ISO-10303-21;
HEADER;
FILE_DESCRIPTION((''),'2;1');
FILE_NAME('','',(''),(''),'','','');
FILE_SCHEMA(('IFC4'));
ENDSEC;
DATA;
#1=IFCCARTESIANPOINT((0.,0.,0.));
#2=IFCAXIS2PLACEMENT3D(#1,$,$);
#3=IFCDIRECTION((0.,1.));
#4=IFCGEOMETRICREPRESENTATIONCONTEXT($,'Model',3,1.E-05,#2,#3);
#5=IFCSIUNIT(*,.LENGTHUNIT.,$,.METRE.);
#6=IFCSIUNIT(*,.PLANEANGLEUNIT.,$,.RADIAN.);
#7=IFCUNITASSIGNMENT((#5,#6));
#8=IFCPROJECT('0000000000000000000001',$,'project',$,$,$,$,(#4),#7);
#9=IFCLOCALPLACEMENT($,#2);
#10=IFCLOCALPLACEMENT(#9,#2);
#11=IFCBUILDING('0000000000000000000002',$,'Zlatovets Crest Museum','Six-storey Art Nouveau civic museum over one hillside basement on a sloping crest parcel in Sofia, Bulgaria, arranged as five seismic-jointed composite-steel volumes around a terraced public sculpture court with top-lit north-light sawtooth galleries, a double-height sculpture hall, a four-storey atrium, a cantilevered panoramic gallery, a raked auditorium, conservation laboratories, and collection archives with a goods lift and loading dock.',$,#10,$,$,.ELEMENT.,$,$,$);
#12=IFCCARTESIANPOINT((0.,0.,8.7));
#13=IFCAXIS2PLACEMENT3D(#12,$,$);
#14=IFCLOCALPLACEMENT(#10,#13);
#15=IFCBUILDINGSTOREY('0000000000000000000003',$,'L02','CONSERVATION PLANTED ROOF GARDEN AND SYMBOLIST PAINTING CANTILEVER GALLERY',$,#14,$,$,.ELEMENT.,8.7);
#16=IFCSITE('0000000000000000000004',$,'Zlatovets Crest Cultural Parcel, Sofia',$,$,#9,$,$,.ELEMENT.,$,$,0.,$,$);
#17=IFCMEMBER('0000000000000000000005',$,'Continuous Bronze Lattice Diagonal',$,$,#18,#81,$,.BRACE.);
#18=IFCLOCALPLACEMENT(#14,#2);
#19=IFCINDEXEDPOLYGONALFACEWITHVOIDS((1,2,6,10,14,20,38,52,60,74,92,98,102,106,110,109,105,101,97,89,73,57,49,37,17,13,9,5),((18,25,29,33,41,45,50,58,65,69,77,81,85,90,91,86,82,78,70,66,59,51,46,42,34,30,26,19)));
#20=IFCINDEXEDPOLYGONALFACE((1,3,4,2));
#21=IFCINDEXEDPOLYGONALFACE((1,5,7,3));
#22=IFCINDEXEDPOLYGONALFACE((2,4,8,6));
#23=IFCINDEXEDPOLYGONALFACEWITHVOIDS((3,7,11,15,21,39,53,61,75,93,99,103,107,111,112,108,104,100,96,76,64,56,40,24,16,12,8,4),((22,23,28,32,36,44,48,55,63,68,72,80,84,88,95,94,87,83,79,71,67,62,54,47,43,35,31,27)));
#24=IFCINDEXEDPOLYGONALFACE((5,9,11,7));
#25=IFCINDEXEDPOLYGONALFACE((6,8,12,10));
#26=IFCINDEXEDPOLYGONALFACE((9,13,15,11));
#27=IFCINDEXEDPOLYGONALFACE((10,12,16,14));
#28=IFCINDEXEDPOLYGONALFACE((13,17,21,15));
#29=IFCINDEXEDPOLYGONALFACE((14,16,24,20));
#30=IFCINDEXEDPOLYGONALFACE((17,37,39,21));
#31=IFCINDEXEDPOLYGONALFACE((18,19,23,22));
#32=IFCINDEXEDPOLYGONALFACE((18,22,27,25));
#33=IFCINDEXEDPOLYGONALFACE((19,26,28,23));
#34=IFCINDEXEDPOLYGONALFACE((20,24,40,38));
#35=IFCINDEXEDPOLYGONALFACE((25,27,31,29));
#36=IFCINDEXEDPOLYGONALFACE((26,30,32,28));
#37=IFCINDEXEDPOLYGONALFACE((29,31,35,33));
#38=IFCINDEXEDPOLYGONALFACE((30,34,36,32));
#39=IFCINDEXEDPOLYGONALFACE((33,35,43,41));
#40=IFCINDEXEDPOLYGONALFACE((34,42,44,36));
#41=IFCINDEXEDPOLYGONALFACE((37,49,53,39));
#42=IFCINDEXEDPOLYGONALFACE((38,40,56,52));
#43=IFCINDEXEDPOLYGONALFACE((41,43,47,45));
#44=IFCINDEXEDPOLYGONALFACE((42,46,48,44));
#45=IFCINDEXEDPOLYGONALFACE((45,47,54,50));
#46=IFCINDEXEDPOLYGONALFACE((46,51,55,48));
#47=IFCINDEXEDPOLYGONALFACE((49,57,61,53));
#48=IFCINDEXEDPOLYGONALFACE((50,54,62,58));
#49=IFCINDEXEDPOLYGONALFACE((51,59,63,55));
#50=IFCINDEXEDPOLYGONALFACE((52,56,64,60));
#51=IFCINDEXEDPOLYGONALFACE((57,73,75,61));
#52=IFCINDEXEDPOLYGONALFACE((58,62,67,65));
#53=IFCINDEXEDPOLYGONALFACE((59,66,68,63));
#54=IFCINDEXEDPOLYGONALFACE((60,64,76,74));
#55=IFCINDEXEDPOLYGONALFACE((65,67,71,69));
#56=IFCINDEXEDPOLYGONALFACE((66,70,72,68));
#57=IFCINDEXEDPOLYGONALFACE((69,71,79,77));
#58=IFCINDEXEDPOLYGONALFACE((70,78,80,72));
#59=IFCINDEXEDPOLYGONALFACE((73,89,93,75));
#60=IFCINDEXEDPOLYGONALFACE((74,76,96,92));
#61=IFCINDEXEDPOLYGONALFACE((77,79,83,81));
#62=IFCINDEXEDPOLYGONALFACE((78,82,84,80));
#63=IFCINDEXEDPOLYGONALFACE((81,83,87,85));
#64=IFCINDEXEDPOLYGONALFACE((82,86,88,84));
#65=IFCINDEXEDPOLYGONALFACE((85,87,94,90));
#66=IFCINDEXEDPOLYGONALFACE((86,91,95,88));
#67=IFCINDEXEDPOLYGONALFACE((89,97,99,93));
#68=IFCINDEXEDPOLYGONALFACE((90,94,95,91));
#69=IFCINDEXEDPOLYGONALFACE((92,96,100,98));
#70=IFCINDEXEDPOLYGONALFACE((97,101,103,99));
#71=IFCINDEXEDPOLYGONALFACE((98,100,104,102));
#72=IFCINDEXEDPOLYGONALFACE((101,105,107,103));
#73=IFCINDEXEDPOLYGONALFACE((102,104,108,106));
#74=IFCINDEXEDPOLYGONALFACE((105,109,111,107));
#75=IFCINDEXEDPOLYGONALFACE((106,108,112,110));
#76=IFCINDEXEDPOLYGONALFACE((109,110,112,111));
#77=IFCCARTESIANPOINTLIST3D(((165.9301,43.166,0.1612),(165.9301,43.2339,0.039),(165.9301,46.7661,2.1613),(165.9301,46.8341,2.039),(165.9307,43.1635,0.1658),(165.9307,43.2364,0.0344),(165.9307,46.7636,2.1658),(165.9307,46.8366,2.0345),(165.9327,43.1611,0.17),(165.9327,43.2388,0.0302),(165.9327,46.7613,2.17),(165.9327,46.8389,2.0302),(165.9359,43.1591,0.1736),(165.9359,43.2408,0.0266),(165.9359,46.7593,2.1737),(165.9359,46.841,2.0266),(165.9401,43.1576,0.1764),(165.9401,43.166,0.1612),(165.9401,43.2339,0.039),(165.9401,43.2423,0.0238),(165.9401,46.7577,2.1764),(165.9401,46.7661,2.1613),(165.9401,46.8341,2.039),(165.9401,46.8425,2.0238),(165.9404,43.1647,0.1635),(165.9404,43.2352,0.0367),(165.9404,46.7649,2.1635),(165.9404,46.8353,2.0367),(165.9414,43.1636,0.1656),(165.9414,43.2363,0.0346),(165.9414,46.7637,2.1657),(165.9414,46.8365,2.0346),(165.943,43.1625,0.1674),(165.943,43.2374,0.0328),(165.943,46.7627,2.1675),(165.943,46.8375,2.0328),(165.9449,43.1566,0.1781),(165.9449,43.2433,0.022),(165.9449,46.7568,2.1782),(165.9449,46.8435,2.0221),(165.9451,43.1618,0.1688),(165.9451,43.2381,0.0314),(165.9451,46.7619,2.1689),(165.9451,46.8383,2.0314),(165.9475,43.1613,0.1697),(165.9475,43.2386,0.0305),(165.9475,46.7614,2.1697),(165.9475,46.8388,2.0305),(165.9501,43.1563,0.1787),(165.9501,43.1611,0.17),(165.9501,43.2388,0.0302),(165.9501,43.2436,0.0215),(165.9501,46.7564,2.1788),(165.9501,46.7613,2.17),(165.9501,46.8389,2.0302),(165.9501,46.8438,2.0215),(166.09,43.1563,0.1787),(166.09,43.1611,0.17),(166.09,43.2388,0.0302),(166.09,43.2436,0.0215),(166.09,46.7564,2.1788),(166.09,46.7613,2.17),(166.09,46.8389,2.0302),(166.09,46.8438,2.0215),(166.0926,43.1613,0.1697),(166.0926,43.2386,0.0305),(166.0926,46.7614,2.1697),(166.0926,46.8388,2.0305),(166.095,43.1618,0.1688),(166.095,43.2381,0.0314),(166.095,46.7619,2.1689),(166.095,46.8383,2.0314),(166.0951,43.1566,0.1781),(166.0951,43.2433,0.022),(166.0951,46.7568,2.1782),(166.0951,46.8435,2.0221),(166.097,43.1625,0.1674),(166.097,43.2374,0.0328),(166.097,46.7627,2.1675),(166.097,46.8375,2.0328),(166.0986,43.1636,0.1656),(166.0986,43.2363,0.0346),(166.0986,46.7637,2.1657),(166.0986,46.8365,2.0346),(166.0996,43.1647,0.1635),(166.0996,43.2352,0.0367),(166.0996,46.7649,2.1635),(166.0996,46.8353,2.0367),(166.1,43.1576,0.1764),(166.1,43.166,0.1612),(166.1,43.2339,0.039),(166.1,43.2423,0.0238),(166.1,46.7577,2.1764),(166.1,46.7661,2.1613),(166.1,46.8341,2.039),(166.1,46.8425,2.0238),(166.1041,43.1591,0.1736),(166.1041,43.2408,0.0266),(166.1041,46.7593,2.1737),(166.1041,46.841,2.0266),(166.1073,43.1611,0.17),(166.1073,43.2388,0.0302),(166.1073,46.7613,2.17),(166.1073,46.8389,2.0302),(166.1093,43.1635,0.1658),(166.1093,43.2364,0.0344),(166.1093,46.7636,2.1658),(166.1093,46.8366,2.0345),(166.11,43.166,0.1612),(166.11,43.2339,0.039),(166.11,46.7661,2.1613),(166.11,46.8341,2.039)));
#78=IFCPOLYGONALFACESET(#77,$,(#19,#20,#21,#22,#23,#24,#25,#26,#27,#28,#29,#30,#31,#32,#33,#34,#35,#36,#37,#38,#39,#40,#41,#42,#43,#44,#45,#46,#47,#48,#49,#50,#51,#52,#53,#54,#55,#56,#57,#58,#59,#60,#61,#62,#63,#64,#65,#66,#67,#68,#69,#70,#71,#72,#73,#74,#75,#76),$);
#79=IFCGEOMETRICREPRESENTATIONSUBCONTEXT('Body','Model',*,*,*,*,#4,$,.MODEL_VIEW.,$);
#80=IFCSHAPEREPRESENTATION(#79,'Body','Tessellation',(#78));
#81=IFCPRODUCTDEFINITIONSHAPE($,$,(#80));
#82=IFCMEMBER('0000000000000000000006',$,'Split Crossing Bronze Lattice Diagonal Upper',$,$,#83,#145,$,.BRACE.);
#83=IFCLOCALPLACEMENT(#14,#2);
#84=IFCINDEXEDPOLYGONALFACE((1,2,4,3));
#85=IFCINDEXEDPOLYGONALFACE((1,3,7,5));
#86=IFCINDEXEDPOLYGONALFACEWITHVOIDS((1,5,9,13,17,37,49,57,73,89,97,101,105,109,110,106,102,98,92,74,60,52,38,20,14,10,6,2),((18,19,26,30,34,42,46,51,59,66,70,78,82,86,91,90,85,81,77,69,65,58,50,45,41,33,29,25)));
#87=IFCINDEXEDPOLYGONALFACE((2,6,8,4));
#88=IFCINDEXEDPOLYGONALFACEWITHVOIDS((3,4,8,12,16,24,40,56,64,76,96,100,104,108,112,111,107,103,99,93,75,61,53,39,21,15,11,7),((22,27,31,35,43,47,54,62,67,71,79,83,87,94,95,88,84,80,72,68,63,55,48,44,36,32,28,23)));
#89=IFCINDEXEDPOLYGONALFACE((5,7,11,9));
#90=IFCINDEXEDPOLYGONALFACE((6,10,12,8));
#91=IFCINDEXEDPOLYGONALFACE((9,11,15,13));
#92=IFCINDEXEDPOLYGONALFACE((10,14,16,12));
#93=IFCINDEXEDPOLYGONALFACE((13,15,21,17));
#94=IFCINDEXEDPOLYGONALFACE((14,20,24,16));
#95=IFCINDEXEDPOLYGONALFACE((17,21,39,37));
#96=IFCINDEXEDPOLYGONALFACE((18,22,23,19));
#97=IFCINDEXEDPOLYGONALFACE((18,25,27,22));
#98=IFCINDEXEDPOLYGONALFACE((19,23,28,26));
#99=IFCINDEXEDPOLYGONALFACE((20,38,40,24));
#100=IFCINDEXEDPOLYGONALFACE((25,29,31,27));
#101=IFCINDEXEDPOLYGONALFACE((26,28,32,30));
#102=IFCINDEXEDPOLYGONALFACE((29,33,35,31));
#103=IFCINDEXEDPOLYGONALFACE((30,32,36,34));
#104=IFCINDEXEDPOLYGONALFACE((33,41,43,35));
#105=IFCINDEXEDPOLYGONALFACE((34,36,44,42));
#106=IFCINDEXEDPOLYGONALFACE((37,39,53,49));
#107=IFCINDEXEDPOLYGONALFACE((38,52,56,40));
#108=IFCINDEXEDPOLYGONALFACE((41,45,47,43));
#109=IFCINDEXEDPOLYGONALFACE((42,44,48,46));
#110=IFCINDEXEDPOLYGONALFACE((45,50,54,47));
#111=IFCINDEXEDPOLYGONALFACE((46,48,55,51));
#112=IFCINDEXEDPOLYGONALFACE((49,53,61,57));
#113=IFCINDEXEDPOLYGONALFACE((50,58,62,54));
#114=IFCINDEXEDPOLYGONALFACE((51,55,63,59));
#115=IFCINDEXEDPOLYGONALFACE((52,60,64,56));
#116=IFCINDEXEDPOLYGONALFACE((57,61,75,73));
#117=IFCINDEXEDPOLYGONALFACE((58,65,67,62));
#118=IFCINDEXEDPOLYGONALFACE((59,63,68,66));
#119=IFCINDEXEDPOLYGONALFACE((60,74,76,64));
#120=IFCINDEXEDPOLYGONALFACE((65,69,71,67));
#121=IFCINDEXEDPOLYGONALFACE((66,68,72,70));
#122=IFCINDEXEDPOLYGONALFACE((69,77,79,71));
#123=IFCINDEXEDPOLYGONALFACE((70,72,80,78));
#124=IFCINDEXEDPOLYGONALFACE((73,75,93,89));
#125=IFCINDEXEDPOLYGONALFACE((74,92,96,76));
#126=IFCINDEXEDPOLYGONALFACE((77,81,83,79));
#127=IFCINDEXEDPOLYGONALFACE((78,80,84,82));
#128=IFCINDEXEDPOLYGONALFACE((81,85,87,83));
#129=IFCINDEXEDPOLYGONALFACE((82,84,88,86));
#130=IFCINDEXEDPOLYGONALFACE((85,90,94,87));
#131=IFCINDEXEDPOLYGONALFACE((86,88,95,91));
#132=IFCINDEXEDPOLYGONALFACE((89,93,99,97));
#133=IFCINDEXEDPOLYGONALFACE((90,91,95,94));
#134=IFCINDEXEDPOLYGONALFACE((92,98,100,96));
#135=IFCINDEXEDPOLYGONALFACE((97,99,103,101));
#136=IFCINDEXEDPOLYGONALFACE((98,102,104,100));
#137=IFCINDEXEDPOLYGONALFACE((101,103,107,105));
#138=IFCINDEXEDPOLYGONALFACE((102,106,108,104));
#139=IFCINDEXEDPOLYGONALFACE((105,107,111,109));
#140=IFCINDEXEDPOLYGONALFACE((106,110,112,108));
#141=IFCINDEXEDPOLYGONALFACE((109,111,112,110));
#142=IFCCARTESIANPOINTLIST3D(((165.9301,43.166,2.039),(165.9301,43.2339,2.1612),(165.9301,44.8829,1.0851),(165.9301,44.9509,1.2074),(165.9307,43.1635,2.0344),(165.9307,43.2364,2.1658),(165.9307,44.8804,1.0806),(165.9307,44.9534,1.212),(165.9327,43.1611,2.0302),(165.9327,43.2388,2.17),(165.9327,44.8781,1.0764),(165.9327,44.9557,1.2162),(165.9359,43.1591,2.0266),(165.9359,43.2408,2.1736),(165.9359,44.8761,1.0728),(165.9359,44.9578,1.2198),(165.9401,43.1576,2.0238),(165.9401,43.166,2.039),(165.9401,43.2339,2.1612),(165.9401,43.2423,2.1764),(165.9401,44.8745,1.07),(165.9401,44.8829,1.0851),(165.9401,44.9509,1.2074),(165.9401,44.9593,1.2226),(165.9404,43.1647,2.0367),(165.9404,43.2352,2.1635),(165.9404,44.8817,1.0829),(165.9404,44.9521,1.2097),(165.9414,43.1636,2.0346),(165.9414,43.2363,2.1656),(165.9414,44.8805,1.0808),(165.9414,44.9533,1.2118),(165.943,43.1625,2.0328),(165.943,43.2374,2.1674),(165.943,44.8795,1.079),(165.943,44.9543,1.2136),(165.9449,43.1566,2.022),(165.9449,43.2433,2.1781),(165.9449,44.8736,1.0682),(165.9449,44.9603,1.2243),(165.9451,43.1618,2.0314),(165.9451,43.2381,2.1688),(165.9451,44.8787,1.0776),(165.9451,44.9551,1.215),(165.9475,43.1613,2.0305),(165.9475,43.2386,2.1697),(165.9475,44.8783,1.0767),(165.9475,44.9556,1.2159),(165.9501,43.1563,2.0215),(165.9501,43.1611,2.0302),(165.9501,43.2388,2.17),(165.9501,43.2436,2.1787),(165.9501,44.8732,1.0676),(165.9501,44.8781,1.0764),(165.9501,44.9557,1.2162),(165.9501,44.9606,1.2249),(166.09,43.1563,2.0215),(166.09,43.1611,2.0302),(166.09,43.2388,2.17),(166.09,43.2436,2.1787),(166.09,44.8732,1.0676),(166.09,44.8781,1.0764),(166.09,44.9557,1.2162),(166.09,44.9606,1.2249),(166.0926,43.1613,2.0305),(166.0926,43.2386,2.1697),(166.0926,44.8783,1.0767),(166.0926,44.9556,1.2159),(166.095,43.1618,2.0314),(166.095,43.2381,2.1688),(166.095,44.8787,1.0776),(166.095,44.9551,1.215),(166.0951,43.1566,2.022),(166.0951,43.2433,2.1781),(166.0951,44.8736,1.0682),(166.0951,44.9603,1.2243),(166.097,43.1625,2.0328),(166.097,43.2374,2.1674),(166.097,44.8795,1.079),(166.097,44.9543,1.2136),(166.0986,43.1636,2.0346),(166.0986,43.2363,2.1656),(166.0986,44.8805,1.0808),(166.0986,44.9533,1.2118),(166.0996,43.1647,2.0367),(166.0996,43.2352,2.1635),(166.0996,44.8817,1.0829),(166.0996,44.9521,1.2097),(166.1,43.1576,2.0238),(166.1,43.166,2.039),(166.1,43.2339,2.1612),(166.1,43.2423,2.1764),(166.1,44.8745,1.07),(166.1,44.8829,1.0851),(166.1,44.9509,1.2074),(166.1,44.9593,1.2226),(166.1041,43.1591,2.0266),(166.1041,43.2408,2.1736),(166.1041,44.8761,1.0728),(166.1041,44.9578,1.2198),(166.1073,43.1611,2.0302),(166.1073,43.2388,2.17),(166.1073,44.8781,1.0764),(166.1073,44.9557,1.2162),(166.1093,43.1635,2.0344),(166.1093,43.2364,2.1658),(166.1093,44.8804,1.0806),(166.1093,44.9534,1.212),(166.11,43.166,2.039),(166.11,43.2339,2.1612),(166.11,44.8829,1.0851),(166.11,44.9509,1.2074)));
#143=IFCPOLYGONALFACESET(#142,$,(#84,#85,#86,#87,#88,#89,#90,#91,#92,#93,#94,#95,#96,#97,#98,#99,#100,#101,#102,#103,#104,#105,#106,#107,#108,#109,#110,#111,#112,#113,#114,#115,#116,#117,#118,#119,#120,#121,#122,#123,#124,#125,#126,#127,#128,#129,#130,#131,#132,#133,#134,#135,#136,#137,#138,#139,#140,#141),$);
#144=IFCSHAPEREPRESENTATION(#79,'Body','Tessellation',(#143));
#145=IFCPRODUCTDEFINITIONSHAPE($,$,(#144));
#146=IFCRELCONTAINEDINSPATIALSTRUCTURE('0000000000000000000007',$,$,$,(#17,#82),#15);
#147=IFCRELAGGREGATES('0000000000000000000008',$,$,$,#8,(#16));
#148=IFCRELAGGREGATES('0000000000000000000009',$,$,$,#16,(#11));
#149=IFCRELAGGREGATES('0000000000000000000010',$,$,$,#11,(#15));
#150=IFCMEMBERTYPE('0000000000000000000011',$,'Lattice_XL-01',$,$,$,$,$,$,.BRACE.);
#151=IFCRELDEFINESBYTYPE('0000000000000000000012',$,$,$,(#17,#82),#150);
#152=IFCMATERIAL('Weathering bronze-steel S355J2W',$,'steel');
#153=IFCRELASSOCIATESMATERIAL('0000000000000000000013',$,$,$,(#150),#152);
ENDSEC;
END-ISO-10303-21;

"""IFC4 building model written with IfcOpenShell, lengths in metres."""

from ifc_helpers import new_model, si_unit, direction, frame, origin, origin_2d, place, context, subcontext, project, spatial, hollow_rectangle, extrude, material, material_profile, profile_set, type_object, element, save


model = new_model("IFC4")

# Units and contexts
model_context = context("Model", 3, precision=1e-05, world=origin(), true_north=direction((0.0, 1.0)))
body_context = subcontext(model_context, "Body", "Model", "MODEL_VIEW")
ifc_project = project(units=[si_unit("LENGTHUNIT", "METRE"), si_unit("PLANEANGLEUNIT", "RADIAN")], contexts=[model_context])

# Site, building, storey
site_placement = place(None, origin())
site = spatial("IfcSite", under=ifc_project, at=site_placement, Name="Zlatovets Crest Cultural Parcel, Sofia", CompositionType="ELEMENT", RefElevation=0.0)
building_placement = place(site_placement, origin())
building = spatial("IfcBuilding", under=site, at=building_placement, Name="Zlatovets Crest Museum", Description="Six-storey Art Nouveau civic museum over one hillside basement on a sloping crest parcel in Sofia, Bulgaria, arranged as five seismic-jointed composite-steel volumes around a terraced public sculpture court with top-lit north-light sawtooth galleries, a double-height sculpture hall, a four-storey atrium, a cantilevered panoramic gallery, a raked auditorium, conservation laboratories, and collection archives with a goods lift and loading dock.", CompositionType="ELEMENT")
storey_placement = place(building_placement, frame((0.0, 0.0, 8.7)))
storey = spatial("IfcBuildingStorey", under=building, at=storey_placement, Name="L02", Description="CONSERVATION PLANTED ROOF GARDEN AND SYMBOLIST PAINTING CANTILEVER GALLERY", CompositionType="ELEMENT", Elevation=8.7)

# Members
ifc_material_1 = material(Name="Weathering bronze-steel S355J2W", Category="steel")
ifc_material_profile_1 = material_profile(ifc_material_1, hollow_rectangle(XDim=0.1799, YDim=0.1799, WallThickness=0.01, InnerFilletRadius=0.01, OuterFilletRadius=0.02, at=origin_2d()), Name="SHS 180x180x10.0")
ifc_profile_set_1 = profile_set([ifc_material_profile_1], Name="Weathering bronze-steel S355J2W")
member_type_1 = type_object("IfcMemberType", Name="Lattice_XL-01", PredefinedType="BRACE", material=ifc_profile_set_1)
member_1_placement = place(storey_placement, frame((166.02, 43.2, 0.1001), z_axis=(0.0, 0.874163, 0.485633), x_axis=(-1.0, 0.0, 0.0)))
element("IfcMember", 1, at=member_1_placement, inside=storey, type_object=member_type_1, Name="Continuous Bronze Lattice Diagonal", PredefinedType="BRACE", context=body_context, shape_type="SweptSolid", body=[
    extrude(hollow_rectangle(XDim=0.1799, YDim=0.1799, WallThickness=0.01, InnerFilletRadius=0.01, OuterFilletRadius=0.02, at=origin_2d()), origin(), (0.0, 0.0, 1.0), 4.1184),
])
for number, where, z_axis, x_axis, name in (
    (2, (166.02, 43.2, 2.1001), (0.0, 0.874169, -0.485622), (-1.0, 0.0, 0.0), "Split Crossing Bronze Lattice Diagonal Upper"),
):
    element("IfcMember", number, at=place(storey_placement, frame(where, z_axis=z_axis, x_axis=x_axis)), inside=storey, type_object=member_type_1, Name=name, PredefinedType="BRACE", context=body_context, shape_type="SweptSolid", body=[
        extrude(hollow_rectangle(XDim=0.1799, YDim=0.1799, WallThickness=0.01, InnerFilletRadius=0.01, OuterFilletRadius=0.02, at=origin_2d()), origin(), (0.0, 0.0, 1.0), 1.9641),
    ])

save(model, "model.ifc")
